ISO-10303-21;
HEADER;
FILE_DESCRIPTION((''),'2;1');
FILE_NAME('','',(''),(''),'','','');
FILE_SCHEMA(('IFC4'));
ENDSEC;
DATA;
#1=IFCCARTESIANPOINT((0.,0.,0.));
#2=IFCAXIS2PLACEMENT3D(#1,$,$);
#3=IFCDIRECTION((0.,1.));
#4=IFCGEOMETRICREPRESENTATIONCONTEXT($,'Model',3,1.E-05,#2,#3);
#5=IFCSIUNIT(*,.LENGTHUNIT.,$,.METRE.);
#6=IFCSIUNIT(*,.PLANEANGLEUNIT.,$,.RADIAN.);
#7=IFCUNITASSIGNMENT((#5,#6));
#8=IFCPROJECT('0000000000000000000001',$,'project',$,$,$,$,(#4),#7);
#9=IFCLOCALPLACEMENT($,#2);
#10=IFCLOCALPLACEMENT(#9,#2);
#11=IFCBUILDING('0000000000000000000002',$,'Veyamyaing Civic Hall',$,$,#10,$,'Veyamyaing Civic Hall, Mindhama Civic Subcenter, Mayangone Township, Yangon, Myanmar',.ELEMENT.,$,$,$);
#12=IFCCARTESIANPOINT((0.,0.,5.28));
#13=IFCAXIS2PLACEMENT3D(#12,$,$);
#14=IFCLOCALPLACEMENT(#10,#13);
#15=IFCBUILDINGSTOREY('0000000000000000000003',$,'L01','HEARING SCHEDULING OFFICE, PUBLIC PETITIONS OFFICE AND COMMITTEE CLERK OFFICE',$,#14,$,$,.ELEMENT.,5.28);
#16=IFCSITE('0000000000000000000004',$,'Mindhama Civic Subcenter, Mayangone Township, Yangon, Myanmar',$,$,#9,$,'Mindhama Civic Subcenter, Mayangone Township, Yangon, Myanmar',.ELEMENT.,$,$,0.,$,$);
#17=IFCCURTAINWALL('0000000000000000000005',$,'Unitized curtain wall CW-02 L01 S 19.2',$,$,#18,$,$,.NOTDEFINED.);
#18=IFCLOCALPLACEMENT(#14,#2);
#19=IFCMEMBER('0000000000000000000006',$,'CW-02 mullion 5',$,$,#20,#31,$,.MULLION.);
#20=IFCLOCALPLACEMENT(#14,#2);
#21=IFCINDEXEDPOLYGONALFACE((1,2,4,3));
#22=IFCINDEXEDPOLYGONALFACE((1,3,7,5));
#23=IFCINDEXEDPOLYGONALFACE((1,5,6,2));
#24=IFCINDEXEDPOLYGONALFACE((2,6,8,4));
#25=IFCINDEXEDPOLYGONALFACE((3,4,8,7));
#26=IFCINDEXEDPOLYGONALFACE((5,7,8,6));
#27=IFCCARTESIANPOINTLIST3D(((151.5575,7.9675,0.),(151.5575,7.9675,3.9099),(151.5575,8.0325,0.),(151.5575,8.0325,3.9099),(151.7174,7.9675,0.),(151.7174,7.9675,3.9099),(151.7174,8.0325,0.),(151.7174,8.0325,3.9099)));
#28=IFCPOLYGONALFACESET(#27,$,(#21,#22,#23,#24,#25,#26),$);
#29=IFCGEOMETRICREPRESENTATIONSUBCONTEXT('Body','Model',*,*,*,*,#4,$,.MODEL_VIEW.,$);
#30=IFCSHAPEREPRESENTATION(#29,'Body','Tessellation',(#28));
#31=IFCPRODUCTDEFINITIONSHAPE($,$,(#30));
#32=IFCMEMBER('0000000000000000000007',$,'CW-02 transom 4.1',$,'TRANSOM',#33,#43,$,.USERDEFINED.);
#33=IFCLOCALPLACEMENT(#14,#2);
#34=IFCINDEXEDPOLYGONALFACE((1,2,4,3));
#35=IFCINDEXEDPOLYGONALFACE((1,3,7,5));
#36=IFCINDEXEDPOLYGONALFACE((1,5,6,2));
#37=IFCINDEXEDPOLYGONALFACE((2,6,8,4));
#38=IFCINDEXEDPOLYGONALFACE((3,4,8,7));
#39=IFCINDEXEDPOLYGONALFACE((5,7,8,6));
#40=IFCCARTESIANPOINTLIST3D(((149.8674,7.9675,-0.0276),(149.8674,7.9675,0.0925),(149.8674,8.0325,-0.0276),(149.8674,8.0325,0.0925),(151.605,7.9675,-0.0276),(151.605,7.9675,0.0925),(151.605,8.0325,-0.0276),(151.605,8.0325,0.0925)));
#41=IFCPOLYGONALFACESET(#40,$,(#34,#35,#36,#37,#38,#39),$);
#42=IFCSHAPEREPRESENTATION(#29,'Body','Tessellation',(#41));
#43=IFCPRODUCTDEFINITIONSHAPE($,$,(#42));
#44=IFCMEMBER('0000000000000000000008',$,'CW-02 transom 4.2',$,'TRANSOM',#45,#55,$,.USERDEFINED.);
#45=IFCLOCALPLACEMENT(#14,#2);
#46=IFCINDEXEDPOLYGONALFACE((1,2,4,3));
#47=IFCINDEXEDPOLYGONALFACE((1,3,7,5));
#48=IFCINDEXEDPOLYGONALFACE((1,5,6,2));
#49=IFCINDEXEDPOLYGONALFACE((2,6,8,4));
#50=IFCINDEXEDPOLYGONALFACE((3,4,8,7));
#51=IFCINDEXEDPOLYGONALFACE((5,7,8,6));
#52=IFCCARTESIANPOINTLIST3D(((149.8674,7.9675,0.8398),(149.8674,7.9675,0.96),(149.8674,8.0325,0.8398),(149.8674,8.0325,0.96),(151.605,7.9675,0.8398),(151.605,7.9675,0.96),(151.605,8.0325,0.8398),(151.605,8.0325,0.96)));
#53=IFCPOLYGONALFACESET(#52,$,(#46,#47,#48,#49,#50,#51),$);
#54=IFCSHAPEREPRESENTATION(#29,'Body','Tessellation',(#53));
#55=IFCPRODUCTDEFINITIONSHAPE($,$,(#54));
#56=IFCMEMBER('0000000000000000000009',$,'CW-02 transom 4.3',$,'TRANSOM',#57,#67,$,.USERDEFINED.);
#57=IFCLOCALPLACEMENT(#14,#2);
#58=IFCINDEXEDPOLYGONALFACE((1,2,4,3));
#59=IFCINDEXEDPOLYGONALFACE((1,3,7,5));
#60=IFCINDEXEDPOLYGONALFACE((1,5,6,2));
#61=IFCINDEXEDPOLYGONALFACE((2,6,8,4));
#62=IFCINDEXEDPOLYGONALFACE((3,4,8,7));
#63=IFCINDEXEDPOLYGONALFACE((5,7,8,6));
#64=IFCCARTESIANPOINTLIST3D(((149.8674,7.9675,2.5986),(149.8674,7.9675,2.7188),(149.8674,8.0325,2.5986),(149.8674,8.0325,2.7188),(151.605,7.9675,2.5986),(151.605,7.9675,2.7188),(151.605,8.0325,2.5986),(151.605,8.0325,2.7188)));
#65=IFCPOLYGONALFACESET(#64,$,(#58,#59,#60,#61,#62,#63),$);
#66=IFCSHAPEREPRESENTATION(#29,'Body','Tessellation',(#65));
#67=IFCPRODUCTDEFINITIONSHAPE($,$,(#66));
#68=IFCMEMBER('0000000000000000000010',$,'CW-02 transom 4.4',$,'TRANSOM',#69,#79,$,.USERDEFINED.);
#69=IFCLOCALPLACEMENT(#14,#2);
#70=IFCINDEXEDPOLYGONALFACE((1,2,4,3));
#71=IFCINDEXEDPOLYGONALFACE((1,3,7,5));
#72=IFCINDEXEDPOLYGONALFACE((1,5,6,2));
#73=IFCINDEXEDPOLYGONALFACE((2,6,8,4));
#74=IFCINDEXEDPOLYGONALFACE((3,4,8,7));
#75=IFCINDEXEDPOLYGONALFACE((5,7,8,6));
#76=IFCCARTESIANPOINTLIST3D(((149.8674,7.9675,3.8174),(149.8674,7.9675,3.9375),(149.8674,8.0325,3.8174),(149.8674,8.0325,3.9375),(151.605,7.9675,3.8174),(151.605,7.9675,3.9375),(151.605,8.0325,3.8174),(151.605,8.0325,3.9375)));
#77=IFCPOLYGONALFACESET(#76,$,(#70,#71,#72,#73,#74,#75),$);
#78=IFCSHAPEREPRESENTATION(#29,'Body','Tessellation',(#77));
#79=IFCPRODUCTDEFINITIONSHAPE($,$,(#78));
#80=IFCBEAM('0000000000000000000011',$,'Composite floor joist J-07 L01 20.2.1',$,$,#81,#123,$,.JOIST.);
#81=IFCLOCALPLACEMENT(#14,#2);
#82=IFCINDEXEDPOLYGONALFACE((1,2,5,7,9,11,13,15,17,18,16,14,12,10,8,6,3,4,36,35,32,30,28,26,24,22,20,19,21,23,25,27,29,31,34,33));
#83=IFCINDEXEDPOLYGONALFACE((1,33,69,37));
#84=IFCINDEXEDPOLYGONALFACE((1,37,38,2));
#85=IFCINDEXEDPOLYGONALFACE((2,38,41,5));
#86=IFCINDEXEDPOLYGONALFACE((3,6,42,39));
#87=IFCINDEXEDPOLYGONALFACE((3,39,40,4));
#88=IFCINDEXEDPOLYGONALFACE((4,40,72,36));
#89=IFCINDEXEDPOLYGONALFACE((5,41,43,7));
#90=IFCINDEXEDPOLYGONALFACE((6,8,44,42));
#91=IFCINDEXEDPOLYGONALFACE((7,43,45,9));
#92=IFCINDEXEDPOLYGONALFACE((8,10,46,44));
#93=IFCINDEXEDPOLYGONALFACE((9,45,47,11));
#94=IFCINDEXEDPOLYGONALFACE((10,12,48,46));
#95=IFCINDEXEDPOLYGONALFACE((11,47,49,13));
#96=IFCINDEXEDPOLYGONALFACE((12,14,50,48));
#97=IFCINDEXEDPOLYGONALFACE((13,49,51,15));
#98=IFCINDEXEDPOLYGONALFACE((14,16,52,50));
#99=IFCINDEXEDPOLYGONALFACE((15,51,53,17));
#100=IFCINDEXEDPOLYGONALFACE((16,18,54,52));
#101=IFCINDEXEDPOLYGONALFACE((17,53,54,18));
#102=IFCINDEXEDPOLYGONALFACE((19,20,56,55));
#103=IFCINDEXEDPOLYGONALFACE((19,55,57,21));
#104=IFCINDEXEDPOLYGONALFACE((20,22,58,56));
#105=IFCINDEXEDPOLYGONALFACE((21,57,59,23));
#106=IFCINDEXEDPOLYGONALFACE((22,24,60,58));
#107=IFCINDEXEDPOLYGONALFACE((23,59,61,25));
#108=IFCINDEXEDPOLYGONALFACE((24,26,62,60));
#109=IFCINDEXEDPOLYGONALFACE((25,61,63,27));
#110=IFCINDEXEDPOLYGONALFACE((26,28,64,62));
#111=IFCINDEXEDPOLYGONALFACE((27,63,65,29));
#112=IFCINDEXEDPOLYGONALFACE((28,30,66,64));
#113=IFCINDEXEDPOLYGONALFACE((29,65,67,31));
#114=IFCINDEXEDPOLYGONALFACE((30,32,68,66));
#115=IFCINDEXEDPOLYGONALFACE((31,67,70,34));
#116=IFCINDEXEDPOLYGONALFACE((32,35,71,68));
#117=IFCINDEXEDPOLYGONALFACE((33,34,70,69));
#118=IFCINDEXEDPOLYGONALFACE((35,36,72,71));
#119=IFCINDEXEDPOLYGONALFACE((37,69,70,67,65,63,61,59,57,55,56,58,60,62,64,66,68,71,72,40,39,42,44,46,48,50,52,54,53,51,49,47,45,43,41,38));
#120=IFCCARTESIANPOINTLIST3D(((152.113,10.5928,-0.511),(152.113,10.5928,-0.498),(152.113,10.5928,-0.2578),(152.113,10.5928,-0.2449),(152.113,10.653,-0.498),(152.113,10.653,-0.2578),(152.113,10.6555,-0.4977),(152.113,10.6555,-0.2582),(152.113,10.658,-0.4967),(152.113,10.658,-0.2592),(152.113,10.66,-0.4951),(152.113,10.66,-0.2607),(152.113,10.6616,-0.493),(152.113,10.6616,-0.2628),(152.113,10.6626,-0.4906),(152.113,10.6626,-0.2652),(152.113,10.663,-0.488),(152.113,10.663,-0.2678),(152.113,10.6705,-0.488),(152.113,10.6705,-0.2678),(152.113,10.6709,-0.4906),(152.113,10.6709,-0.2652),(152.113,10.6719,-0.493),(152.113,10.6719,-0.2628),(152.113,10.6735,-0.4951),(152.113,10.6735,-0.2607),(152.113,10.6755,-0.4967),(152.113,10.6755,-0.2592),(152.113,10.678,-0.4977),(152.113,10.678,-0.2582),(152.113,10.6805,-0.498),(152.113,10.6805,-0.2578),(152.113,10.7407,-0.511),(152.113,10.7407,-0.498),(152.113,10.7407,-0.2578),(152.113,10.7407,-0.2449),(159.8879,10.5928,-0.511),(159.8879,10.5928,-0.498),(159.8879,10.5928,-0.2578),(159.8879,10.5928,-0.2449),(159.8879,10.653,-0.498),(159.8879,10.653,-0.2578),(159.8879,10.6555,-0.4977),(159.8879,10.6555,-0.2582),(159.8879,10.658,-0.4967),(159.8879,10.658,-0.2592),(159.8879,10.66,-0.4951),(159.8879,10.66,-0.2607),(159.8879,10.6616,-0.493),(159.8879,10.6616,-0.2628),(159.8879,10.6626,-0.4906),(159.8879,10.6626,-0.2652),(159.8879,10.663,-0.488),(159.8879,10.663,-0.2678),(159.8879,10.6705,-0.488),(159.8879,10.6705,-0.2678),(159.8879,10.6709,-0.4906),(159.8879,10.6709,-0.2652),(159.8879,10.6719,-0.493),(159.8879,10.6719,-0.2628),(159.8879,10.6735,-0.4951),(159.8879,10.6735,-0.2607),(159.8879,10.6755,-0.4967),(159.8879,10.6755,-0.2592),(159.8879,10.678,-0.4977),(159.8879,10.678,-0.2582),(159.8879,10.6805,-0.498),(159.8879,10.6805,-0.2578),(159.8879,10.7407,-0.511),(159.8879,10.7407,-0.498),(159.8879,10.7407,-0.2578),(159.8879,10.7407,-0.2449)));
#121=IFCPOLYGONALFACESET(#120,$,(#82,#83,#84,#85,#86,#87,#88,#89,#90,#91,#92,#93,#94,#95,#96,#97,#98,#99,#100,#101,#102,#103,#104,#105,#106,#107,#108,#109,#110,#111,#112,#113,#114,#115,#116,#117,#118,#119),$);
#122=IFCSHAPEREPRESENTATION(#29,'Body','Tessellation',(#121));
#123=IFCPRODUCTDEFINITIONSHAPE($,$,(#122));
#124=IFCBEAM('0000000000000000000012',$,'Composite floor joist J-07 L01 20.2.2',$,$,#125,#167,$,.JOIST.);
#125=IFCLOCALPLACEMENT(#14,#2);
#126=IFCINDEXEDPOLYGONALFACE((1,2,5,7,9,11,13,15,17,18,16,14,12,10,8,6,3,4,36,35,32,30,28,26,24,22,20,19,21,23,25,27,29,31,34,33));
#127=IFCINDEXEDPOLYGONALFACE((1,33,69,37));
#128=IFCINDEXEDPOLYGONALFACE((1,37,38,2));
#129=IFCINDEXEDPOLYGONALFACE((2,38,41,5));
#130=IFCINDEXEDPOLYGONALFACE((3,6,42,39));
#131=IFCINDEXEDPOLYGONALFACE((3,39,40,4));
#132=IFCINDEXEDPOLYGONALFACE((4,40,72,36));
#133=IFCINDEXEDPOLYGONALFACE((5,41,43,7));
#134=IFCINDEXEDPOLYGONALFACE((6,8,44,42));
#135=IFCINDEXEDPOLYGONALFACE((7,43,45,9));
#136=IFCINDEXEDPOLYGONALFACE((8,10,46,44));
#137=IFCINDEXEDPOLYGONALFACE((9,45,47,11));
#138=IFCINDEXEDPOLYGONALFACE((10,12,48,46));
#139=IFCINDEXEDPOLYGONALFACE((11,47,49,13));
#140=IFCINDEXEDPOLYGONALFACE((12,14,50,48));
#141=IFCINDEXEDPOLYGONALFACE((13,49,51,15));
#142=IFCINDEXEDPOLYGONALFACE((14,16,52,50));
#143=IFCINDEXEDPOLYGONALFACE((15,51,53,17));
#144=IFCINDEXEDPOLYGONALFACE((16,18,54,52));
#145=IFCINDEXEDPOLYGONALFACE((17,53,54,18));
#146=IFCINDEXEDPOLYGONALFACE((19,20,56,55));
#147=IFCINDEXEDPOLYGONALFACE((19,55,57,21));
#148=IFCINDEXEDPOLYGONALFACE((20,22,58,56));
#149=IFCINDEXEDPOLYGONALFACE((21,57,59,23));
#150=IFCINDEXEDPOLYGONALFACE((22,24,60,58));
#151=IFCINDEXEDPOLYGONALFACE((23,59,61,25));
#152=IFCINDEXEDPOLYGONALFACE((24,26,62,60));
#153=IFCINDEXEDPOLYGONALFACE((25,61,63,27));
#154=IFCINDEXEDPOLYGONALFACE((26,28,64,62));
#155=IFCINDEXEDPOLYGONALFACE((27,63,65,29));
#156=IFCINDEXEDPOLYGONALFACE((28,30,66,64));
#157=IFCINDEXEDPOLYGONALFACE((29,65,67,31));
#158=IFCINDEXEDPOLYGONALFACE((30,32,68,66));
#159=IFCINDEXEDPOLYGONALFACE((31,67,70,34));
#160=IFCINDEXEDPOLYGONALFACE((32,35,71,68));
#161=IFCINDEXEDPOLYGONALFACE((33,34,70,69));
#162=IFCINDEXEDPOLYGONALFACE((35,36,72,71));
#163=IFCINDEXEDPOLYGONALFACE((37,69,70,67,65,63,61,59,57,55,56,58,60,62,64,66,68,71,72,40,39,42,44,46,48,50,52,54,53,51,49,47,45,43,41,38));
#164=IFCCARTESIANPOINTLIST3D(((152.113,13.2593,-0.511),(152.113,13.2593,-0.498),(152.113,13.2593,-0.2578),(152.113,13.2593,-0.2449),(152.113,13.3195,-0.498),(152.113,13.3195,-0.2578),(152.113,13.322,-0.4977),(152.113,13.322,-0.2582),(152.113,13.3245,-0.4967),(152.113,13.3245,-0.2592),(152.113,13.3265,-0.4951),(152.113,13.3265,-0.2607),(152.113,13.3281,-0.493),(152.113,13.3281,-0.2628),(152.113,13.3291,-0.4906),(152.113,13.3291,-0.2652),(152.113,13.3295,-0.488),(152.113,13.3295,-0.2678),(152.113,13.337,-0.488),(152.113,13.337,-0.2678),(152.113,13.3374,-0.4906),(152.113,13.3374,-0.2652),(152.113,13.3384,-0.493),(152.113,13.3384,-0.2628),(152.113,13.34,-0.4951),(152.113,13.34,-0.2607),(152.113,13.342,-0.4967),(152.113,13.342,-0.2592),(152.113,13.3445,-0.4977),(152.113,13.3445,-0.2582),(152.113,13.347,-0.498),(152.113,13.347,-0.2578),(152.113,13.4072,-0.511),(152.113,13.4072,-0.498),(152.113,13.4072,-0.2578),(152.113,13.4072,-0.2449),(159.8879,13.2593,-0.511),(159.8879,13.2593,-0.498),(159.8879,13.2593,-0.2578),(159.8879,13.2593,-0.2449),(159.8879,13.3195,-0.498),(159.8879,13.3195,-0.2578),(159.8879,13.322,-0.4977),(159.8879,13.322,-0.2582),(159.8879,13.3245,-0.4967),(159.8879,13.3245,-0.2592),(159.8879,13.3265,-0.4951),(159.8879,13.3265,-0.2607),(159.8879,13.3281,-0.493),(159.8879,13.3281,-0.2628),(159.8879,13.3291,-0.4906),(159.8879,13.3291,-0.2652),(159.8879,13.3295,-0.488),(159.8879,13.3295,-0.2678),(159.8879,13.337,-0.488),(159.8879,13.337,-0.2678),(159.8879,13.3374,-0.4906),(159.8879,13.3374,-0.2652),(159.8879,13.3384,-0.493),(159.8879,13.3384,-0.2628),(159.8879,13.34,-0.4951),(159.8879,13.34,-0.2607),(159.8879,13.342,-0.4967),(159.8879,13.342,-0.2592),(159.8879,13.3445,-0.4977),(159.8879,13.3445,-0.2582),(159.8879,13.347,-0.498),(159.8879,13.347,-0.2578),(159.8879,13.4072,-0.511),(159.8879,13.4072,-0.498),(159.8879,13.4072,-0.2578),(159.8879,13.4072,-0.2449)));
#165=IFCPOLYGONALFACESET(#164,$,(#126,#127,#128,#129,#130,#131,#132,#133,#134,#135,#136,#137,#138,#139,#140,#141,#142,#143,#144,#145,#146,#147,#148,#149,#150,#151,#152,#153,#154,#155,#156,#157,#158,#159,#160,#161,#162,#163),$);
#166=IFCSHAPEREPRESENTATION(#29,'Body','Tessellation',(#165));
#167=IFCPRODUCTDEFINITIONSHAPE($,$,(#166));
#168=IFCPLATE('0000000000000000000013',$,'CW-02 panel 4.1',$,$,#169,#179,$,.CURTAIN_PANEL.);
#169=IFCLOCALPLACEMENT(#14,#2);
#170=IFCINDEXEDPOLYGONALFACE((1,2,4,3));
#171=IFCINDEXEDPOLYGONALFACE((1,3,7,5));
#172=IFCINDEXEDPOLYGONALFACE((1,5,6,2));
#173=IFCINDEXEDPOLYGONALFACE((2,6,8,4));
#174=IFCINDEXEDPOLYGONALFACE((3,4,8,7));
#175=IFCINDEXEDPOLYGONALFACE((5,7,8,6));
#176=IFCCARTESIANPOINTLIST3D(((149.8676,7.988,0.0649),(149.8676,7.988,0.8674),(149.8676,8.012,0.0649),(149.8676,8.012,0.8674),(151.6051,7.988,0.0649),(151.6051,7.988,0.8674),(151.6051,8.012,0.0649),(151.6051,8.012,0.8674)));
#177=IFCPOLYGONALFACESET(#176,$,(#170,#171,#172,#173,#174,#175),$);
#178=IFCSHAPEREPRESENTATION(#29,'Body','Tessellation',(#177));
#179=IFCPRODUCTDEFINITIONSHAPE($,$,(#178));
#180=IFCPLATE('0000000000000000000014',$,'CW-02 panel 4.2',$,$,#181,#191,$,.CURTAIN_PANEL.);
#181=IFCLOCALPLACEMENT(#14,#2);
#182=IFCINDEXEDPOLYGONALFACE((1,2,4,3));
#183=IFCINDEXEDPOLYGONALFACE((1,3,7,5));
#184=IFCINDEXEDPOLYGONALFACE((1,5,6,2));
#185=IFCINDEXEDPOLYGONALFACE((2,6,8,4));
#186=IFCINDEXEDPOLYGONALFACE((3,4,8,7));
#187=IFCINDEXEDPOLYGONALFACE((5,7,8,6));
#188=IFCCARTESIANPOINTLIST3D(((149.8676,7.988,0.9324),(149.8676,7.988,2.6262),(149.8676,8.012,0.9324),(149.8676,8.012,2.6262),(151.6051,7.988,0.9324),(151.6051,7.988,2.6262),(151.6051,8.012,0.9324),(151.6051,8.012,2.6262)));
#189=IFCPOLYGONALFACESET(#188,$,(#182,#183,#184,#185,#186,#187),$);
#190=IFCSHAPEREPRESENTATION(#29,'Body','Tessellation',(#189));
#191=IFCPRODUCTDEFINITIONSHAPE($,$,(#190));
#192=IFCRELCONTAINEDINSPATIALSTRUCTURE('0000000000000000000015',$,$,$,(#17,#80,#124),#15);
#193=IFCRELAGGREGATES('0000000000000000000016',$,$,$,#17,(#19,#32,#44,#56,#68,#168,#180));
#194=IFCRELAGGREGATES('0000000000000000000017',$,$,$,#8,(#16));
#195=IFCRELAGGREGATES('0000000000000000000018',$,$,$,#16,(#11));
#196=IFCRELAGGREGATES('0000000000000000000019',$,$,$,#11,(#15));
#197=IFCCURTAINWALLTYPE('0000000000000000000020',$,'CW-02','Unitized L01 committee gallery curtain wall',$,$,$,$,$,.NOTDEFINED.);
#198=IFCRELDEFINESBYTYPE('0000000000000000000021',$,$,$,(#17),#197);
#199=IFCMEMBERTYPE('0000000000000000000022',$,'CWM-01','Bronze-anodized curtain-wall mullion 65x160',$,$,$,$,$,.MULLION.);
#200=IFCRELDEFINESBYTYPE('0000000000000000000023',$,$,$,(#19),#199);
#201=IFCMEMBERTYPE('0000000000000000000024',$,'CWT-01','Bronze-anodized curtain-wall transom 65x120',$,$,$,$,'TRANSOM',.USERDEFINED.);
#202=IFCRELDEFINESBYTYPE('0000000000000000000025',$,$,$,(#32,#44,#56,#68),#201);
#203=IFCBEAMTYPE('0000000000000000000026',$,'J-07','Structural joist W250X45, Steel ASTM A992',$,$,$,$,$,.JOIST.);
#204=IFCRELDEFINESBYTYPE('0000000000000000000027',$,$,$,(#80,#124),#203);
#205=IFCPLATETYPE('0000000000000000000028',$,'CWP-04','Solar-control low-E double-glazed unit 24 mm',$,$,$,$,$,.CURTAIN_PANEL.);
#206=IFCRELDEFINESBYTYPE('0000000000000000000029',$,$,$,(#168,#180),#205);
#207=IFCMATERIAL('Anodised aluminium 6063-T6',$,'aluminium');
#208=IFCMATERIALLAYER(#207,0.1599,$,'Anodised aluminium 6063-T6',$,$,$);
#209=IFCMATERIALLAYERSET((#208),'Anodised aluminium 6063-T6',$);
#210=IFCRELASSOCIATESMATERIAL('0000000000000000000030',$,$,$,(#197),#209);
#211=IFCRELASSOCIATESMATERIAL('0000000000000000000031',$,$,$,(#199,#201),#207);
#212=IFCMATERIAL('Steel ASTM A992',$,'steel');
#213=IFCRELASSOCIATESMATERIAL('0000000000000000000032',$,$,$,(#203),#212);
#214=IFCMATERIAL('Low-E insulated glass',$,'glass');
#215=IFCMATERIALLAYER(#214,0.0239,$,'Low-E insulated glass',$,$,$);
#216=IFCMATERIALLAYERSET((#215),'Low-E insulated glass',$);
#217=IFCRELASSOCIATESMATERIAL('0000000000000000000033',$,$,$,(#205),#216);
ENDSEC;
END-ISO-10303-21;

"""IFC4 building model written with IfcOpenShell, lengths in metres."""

from ifc_helpers import new_model, si_unit, direction, frame, origin, origin_2d, place, context, subcontext, project, spatial, rectangle, i_section, extrude, material, layer, layer_set, material_profile, profile_set, type_object, element, aggregate, save


model = new_model("IFC4")

# Units and contexts
model_context = context("Model", 3, precision=1e-05, world=origin(), true_north=direction((0.0, 1.0)))
body_context = subcontext(model_context, "Body", "Model", "MODEL_VIEW")
ifc_project = project(units=[si_unit("LENGTHUNIT", "METRE"), si_unit("PLANEANGLEUNIT", "RADIAN")], contexts=[model_context])

# Site, building, storey
site_placement = place(None, origin())
site = spatial("IfcSite", under=ifc_project, at=site_placement, Name="Mindhama Civic Subcenter, Mayangone Township, Yangon, Myanmar", LongName="Mindhama Civic Subcenter, Mayangone Township, Yangon, Myanmar", CompositionType="ELEMENT", RefElevation=0.0)
building_placement = place(site_placement, origin())
building = spatial("IfcBuilding", under=site, at=building_placement, Name="Veyamyaing Civic Hall", LongName="Veyamyaing Civic Hall, Mindhama Civic Subcenter, Mayangone Township, Yangon, Myanmar", CompositionType="ELEMENT")
storey_placement = place(building_placement, frame((0.0, 0.0, 5.28)))
storey = spatial("IfcBuildingStorey", under=building, at=storey_placement, Name="L01", Description="HEARING SCHEDULING OFFICE, PUBLIC PETITIONS OFFICE AND COMMITTEE CLERK OFFICE", CompositionType="ELEMENT", Elevation=5.28)

# Shared definitions
ifc_material_1 = material(Name="Steel ASTM A992", Category="steel")

# Curtain wall, members
ifc_material_2 = material(Name="Anodised aluminium 6063-T6", Category="aluminium")
ifc_layer_1 = layer(ifc_material_2, 0.1599, Name="Anodised aluminium 6063-T6")
ifc_layer_set_1 = layer_set([ifc_layer_1], Name="Anodised aluminium 6063-T6")
curtain_wall_type = type_object("IfcCurtainWallType", Name="CW-02", Description="Unitized L01 committee gallery curtain wall", PredefinedType="NOTDEFINED", material=ifc_layer_set_1)
curtain_wall_placement = place(storey_placement, origin())
curtain_wall = element("IfcCurtainWall", 1, at=curtain_wall_placement, inside=storey, type_object=curtain_wall_type, Name="Unitized curtain wall CW-02 L01 S 19.2", PredefinedType="NOTDEFINED")
ifc_material_profile_1 = material_profile(ifc_material_2, rectangle(XDim=0.0649, YDim=0.1599, at=origin_2d()), Name="ALU-MUL-65X160")
ifc_profile_set_1 = profile_set([ifc_material_profile_1], Name="Anodised aluminium 6063-T6")
member_type_1 = type_object("IfcMemberType", Name="CWM-01", Description="Bronze-anodized curtain-wall mullion 65x160", PredefinedType="MULLION", material=ifc_profile_set_1)
member_1_placement = place(storey_placement, frame((151.6375, 8.0, 0.0), z_axis=(0.0, 0.0, 1.0), x_axis=(0.0, 1.0, 0.0)))
member_1 = element("IfcMember", 2, at=member_1_placement, type_object=member_type_1, Name="CW-02 mullion 5", PredefinedType="MULLION", context=body_context, shape_type="SweptSolid", body=[
    extrude(rectangle(XDim=0.0649, YDim=0.1599, at=origin_2d()), origin(), (0.0, 0.0, 1.0), 3.9099),
])
ifc_material_profile_2 = material_profile(ifc_material_2, rectangle(XDim=0.0649, YDim=0.1201, at=origin_2d()), Name="ALU-TRN-65X120")
ifc_profile_set_2 = profile_set([ifc_material_profile_2], Name="Anodised aluminium 6063-T6")
member_type_2 = type_object("IfcMemberType", Name="CWT-01", Description="Bronze-anodized curtain-wall transom 65x120", ElementType="TRANSOM", PredefinedType="USERDEFINED", material=ifc_profile_set_2)
member_2_placement = place(storey_placement, frame((149.8674, 8.0, 0.0325), z_axis=(1.0, 0.0, 0.0), x_axis=(0.0, 1.0, 0.0)))
member_2 = element("IfcMember", 3, at=member_2_placement, type_object=member_type_2, Name="CW-02 transom 4.1", ObjectType="TRANSOM", PredefinedType="USERDEFINED", context=body_context, shape_type="SweptSolid", body=[
    extrude(rectangle(XDim=0.0649, YDim=0.1201, at=origin_2d()), origin(), (0.0, 0.0, 1.0), 1.7375),
])
member_3_placement = place(storey_placement, frame((149.8674, 8.0, 0.8999), z_axis=(1.0, 0.0, 0.0), x_axis=(0.0, 1.0, 0.0)))
member_3 = element("IfcMember", 4, at=member_3_placement, type_object=member_type_2, Name="CW-02 transom 4.2", ObjectType="TRANSOM", PredefinedType="USERDEFINED", context=body_context, shape_type="SweptSolid", body=[
    extrude(rectangle(XDim=0.0649, YDim=0.1201, at=origin_2d()), origin(), (0.0, 0.0, 1.0), 1.7375),
])
member_4_placement = place(storey_placement, frame((149.8674, 8.0, 2.6587), z_axis=(1.0, 0.0, 0.0), x_axis=(0.0, 1.0, 0.0)))
member_4 = element("IfcMember", 5, at=member_4_placement, type_object=member_type_2, Name="CW-02 transom 4.3", ObjectType="TRANSOM", PredefinedType="USERDEFINED", context=body_context, shape_type="SweptSolid", body=[
    extrude(rectangle(XDim=0.0649, YDim=0.1201, at=origin_2d()), origin(), (0.0, 0.0, 1.0), 1.7375),
])
member_5_placement = place(storey_placement, frame((149.8674, 8.0, 3.8774), z_axis=(1.0, 0.0, 0.0), x_axis=(0.0, 1.0, 0.0)))
member_5 = element("IfcMember", 6, at=member_5_placement, type_object=member_type_2, Name="CW-02 transom 4.4", ObjectType="TRANSOM", PredefinedType="USERDEFINED", context=body_context, shape_type="SweptSolid", body=[
    extrude(rectangle(XDim=0.0649, YDim=0.1201, at=origin_2d()), origin(), (0.0, 0.0, 1.0), 1.7375),
])

# Beams
ifc_material_profile_3 = material_profile(ifc_material_1, i_section(OverallWidth=0.1479, OverallDepth=0.2661, WebThickness=0.0076, FlangeThickness=0.0129, FilletRadius=0.01, at=origin_2d()), Name="W250X45")
ifc_profile_set_3 = profile_set([ifc_material_profile_3], Name="Steel ASTM A992")
beam_type_1 = type_object("IfcBeamType", Name="J-07", Description="Structural joist W250X45, Steel ASTM A992", PredefinedType="JOIST", material=ifc_profile_set_3)
for number, where, z_axis, x_axis, name in (
    (7, (152.113, 10.6667, -0.3779), (1.0, 0.0, 0.0), (0.0, 1.0, 0.0), "Composite floor joist J-07 L01 20.2.1"),
    (8, (152.113, 13.3333, -0.3779), (1.0, 0.0, 0.0), (0.0, 1.0, 0.0), "Composite floor joist J-07 L01 20.2.2"),
):
    element("IfcBeam", number, at=place(storey_placement, frame(where, z_axis=z_axis, x_axis=x_axis)), inside=storey, type_object=beam_type_1, Name=name, PredefinedType="JOIST", context=body_context, shape_type="SweptSolid", body=[
        extrude(i_section(OverallWidth=0.1479, OverallDepth=0.2661, WebThickness=0.0076, FlangeThickness=0.0129, FilletRadius=0.01, at=origin_2d()), origin(), (0.0, 0.0, 1.0), 7.7749),
    ])

# Plates
ifc_material_3 = material(Name="Low-E insulated glass", Category="glass")
ifc_layer_2 = layer(ifc_material_3, 0.0239, Name="Low-E insulated glass")
ifc_layer_set_2 = layer_set([ifc_layer_2], Name="Low-E insulated glass")
plate_type = type_object("IfcPlateType", Name="CWP-04", Description="Solar-control low-E double-glazed unit 24 mm", PredefinedType="CURTAIN_PANEL", material=ifc_layer_set_2)
plate_1_placement = place(storey_placement, frame((150.7363, 8.0, 0.0649), z_axis=(0.0, 0.0, 1.0), x_axis=(1.0, 0.0, 0.0)))
plate_1 = element("IfcPlate", 9, at=plate_1_placement, type_object=plate_type, Name="CW-02 panel 4.1", PredefinedType="CURTAIN_PANEL", context=body_context, shape_type="SweptSolid", body=[
    extrude(rectangle(XDim=1.7375, YDim=0.0239, at=origin_2d()), origin(), (0.0, 0.0, 1.0), 0.8025),
])
plate_2_placement = place(storey_placement, frame((150.7363, 8.0, 0.9324), z_axis=(0.0, 0.0, 1.0), x_axis=(1.0, 0.0, 0.0)))
plate_2 = element("IfcPlate", 10, at=plate_2_placement, type_object=plate_type, Name="CW-02 panel 4.2", PredefinedType="CURTAIN_PANEL", context=body_context, shape_type="SweptSolid", body=[
    extrude(rectangle(XDim=1.7375, YDim=0.0239, at=origin_2d()), origin(), (0.0, 0.0, 1.0), 1.6938),
])
aggregate(curtain_wall, [member_1, member_2, member_3, member_4, member_5, plate_1, plate_2])

save(model, "model.ifc")
